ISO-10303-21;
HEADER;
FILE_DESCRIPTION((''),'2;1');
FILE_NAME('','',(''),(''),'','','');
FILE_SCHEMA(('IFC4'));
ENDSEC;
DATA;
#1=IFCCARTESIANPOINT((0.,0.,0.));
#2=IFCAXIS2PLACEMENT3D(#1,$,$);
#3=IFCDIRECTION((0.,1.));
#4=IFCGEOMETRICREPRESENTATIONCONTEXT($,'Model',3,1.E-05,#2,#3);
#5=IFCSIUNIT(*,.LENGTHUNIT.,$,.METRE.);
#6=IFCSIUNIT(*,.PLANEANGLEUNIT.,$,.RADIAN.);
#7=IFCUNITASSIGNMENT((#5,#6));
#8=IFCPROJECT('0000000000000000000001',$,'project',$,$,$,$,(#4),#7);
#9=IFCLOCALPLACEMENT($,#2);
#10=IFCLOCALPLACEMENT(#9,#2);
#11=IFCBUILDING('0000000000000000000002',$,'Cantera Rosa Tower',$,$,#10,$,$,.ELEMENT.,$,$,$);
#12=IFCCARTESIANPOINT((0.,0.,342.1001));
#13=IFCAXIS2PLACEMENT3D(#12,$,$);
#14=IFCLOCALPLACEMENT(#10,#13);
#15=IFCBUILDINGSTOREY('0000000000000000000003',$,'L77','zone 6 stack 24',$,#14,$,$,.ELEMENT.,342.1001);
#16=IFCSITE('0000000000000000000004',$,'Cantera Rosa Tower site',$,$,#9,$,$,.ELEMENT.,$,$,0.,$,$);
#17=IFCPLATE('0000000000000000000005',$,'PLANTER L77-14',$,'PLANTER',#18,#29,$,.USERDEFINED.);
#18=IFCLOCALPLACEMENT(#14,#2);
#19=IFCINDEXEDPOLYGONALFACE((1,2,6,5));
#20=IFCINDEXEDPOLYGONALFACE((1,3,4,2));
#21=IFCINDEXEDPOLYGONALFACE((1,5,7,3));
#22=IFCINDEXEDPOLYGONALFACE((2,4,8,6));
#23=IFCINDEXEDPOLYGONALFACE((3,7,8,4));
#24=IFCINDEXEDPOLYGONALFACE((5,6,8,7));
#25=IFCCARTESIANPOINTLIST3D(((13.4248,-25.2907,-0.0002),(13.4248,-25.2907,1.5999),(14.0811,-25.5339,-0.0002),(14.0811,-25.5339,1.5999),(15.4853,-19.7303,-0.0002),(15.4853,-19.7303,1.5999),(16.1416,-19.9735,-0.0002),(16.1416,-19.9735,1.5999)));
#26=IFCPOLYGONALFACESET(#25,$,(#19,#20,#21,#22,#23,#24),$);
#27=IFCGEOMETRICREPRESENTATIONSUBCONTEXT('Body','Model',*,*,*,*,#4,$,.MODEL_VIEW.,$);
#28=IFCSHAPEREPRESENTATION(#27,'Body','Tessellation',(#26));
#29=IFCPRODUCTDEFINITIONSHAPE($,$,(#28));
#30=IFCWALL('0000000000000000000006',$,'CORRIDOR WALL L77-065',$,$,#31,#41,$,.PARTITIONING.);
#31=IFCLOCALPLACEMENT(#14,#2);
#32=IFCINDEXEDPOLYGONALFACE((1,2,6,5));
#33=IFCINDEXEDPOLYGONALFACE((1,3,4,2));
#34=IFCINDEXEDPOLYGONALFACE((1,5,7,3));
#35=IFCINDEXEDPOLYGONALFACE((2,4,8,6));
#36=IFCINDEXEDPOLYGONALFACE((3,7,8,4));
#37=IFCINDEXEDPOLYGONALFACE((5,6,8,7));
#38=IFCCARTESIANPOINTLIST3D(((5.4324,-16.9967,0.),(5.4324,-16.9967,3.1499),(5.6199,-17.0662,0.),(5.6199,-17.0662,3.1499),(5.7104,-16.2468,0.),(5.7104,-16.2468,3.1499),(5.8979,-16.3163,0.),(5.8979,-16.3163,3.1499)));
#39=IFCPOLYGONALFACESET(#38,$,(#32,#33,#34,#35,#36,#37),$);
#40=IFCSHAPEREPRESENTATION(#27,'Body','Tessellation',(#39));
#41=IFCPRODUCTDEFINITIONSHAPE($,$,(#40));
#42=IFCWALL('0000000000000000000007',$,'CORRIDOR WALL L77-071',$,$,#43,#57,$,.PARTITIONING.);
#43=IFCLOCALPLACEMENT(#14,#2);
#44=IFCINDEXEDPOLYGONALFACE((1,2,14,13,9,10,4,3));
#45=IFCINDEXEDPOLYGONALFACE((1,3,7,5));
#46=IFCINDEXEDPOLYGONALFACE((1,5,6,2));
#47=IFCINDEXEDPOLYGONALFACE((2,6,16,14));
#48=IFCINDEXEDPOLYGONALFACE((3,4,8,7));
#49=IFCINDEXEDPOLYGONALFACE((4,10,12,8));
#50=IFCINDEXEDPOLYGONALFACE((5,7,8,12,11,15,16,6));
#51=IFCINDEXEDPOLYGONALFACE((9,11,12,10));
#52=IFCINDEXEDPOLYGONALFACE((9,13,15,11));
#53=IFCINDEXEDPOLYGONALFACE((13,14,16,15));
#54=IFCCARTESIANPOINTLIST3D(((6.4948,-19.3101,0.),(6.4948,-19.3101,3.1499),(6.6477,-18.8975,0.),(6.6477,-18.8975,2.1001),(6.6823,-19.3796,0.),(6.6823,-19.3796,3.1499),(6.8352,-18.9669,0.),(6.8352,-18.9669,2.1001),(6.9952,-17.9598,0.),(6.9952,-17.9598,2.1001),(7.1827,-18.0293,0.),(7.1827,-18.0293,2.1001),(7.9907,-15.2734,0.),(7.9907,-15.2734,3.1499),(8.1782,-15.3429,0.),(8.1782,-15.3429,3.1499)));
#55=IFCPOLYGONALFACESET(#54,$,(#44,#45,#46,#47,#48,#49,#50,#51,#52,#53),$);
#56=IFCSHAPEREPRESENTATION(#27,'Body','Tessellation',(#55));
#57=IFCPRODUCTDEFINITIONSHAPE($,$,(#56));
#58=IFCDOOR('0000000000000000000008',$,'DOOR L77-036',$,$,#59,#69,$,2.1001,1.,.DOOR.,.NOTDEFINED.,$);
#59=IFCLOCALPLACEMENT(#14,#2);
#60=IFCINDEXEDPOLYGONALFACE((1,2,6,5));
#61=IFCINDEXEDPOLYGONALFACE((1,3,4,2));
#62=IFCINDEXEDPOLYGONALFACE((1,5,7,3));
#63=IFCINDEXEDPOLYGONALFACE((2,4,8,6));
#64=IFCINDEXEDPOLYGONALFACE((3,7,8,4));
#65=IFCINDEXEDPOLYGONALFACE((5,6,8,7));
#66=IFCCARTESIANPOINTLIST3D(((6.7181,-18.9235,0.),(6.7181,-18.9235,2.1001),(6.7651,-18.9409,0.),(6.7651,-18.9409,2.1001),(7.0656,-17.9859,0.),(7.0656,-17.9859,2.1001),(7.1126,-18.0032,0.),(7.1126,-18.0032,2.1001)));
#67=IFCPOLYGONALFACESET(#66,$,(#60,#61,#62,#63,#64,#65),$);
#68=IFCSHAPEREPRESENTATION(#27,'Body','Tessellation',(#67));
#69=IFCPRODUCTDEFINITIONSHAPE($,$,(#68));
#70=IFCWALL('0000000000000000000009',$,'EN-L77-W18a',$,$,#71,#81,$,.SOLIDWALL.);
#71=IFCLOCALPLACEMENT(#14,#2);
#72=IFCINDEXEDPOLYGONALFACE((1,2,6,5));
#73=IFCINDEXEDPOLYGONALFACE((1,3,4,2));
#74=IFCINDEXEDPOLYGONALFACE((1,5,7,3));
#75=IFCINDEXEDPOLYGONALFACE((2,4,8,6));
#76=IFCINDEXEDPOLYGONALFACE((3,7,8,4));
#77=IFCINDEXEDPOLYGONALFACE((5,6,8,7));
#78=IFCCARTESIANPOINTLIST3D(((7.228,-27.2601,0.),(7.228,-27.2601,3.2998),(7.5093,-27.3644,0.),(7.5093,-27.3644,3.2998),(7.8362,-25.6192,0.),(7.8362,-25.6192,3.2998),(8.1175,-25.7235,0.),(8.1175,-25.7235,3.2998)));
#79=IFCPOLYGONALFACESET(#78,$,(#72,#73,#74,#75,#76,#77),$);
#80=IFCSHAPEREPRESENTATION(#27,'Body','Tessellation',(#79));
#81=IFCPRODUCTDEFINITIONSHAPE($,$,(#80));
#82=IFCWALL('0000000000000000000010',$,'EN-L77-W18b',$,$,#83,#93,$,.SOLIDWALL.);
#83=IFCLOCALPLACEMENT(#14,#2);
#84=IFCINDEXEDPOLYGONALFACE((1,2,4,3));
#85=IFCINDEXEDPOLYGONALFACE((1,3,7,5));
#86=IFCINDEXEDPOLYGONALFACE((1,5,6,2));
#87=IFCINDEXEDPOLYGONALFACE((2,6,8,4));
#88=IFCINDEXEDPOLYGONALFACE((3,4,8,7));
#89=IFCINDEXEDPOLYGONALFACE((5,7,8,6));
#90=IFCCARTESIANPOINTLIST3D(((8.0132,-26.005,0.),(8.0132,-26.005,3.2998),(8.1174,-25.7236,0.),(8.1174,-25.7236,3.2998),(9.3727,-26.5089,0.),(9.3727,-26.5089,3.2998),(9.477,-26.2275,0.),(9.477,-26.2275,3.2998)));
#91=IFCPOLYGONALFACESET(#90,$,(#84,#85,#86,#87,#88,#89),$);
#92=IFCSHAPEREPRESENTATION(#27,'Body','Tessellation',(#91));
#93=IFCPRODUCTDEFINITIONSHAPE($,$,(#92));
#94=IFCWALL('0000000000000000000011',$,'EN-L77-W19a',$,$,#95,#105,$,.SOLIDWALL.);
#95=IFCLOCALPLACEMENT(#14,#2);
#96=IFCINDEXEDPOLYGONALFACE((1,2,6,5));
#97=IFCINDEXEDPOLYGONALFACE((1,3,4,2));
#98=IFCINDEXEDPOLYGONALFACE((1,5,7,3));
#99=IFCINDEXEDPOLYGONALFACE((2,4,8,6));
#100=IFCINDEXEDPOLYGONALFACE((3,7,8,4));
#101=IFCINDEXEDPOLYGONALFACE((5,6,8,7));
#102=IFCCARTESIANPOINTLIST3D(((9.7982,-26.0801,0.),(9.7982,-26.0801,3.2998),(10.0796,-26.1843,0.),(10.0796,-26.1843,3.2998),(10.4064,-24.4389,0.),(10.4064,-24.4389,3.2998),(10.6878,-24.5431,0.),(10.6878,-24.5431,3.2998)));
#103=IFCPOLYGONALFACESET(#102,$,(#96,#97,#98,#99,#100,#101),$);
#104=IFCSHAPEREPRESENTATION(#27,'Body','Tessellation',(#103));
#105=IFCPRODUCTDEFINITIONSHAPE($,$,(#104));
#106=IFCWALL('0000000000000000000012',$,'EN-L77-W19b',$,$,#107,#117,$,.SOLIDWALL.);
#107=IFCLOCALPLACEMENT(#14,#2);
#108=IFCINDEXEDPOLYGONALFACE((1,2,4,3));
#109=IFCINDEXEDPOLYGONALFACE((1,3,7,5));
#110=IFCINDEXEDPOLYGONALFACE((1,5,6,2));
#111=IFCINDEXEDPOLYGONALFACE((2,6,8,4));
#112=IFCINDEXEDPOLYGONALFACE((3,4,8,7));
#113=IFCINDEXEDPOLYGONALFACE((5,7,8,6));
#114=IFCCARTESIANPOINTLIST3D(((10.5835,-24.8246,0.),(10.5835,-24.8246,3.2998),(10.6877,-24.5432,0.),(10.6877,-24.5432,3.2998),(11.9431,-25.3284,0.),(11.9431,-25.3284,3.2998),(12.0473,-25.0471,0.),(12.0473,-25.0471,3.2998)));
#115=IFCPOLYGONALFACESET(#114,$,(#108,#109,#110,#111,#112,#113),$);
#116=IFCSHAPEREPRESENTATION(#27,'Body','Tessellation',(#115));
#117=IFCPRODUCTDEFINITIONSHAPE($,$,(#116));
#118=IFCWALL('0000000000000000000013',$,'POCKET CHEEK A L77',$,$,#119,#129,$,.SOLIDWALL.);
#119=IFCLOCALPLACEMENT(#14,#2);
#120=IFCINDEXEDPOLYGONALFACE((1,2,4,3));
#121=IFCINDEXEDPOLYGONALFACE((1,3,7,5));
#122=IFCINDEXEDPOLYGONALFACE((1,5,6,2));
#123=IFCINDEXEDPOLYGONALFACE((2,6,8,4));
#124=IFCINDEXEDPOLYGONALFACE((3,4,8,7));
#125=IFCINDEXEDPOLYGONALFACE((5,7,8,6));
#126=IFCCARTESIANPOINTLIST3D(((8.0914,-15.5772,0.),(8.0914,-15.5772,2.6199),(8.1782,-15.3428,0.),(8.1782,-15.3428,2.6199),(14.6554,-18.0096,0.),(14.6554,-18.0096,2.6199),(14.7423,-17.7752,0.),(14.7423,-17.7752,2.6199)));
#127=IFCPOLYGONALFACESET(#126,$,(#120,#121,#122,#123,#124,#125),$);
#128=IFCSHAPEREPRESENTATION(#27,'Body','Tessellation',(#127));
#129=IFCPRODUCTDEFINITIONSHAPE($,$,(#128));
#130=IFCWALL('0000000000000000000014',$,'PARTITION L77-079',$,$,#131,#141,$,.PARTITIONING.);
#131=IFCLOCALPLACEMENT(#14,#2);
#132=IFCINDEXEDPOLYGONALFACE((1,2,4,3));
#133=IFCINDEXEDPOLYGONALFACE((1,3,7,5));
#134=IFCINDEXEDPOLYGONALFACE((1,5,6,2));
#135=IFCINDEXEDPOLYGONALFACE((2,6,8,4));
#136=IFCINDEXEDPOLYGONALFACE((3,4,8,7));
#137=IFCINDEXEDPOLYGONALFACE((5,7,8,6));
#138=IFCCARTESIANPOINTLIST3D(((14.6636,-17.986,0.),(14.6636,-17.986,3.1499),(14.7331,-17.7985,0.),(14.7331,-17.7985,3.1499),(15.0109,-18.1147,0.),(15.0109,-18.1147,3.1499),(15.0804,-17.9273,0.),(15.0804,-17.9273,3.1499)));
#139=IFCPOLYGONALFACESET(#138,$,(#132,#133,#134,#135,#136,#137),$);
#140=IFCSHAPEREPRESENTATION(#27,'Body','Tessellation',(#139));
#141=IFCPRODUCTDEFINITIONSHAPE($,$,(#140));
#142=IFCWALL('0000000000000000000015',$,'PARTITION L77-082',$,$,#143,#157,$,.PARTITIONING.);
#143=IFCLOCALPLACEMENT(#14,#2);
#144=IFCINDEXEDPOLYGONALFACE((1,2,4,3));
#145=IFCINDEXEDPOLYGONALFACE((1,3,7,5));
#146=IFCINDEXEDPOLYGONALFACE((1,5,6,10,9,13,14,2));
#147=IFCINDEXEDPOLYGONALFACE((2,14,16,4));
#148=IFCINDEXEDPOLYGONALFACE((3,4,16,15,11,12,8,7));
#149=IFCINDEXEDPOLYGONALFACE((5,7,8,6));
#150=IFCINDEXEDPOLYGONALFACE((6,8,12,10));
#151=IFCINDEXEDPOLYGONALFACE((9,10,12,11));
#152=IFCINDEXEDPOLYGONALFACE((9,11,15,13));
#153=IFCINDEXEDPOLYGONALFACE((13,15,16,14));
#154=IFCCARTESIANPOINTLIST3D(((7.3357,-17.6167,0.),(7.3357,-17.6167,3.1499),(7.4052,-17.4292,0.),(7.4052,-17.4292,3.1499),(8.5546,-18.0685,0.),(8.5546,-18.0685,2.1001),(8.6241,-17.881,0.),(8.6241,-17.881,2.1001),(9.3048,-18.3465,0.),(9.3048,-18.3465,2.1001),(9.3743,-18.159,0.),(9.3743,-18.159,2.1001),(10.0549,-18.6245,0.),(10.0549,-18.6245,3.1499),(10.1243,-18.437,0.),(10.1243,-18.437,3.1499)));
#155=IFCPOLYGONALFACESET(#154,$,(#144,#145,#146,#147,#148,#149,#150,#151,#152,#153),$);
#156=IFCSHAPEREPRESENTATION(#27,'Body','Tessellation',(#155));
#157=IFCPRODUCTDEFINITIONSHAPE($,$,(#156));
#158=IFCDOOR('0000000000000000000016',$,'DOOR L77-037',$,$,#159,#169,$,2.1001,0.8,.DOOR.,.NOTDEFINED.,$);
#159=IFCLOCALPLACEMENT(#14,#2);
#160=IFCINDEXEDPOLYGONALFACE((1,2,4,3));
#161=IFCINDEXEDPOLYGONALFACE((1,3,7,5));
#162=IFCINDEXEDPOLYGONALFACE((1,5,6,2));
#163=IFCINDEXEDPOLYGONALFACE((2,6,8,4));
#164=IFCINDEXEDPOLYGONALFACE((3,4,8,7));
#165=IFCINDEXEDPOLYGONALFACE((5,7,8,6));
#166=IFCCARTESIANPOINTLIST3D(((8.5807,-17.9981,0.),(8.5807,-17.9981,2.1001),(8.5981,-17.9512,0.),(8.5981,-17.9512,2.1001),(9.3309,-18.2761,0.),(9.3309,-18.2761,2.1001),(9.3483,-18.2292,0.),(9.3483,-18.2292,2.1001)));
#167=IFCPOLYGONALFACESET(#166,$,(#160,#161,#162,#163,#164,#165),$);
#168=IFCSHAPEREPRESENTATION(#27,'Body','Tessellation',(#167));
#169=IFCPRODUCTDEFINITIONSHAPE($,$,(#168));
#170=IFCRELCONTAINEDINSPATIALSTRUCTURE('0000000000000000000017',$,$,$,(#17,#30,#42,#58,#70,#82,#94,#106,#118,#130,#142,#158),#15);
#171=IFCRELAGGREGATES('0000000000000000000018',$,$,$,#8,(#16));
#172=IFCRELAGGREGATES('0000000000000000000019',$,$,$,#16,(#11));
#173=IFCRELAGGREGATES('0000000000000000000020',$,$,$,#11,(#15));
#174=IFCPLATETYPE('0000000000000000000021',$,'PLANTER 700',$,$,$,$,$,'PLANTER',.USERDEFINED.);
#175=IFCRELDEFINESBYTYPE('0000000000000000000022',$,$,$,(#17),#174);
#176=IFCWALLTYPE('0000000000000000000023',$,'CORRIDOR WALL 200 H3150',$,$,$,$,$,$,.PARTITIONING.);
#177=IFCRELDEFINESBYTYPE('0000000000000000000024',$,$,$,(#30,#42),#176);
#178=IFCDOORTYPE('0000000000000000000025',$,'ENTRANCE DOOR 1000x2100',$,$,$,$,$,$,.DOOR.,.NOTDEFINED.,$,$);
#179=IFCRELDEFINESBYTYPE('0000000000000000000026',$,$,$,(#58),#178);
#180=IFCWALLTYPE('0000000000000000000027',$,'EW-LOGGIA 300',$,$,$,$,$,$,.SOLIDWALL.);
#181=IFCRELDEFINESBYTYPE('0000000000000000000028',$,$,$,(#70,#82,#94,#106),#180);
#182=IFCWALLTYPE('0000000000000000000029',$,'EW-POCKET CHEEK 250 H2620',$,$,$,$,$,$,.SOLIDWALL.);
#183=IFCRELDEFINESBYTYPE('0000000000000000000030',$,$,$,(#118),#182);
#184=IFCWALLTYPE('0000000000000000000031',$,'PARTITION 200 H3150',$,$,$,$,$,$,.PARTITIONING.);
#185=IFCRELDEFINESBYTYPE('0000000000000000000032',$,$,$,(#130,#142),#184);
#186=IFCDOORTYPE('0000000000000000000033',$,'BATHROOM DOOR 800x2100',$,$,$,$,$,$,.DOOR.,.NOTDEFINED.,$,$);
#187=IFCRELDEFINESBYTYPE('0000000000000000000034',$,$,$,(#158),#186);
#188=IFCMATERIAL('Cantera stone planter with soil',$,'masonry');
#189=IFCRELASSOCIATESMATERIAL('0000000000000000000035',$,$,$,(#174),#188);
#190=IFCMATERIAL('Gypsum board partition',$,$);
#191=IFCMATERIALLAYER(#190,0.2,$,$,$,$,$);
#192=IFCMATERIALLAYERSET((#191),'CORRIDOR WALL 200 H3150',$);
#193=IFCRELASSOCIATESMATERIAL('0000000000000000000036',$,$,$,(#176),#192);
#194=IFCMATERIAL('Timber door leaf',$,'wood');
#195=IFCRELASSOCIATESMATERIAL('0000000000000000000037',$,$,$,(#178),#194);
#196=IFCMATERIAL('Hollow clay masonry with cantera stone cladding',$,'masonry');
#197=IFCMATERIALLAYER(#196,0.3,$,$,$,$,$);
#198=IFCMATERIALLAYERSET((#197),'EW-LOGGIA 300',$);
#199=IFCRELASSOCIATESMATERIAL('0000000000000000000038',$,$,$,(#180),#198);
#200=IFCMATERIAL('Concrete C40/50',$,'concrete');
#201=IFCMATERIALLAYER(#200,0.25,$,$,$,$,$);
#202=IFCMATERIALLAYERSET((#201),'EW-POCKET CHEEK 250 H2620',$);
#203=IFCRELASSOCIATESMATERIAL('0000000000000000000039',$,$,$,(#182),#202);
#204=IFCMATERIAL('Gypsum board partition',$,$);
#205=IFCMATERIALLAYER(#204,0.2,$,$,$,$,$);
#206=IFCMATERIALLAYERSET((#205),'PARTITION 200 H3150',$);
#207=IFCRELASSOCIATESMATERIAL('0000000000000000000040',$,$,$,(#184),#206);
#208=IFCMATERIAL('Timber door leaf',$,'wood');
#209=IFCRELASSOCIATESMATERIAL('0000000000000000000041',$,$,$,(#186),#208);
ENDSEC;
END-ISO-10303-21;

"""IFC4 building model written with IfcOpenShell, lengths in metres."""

from ifc_helpers import new_model, si_unit, direction, frame, frame_2d, origin, origin_2d, place, context, subcontext, project, spatial, rectangle, extrude, material, layer, layer_set, type_object, element, fill, save


model = new_model("IFC4")

# Units and contexts
model_context = context("Model", 3, precision=1e-05, world=origin(), true_north=direction((0.0, 1.0)))
body_context = subcontext(model_context, "Body", "Model", "MODEL_VIEW")
ifc_project = project(units=[si_unit("LENGTHUNIT", "METRE"), si_unit("PLANEANGLEUNIT", "RADIAN")], contexts=[model_context])

# Site, building, storey
site_placement = place(None, origin())
site = spatial("IfcSite", under=ifc_project, at=site_placement, Name="Cantera Rosa Tower site", CompositionType="ELEMENT", RefElevation=0.0)
building_placement = place(site_placement, origin())
building = spatial("IfcBuilding", under=site, at=building_placement, Name="Cantera Rosa Tower", CompositionType="ELEMENT")
storey_placement = place(building_placement, frame((0.0, 0.0, 342.1001)))
storey = spatial("IfcBuildingStorey", under=building, at=storey_placement, Name="L77", Description="zone 6 stack 24", CompositionType="ELEMENT", Elevation=342.1001)

# Plate
ifc_material_1 = material(Name="Cantera stone planter with soil", Category="masonry")
plate_type = type_object("IfcPlateType", Name="PLANTER 700", ElementType="PLANTER", PredefinedType="USERDEFINED", material=ifc_material_1)
plate_placement = place(storey_placement, frame((14.7832, -22.6321, -0.0002), z_axis=(0.0, 0.0, 1.0), x_axis=(0.347481, 0.937687, 0.0)))
element("IfcPlate", 1, at=plate_placement, inside=storey, type_object=plate_type, Name="PLANTER L77-14", ObjectType="PLANTER", PredefinedType="USERDEFINED", context=body_context, shape_type="SweptSolid", body=[
    extrude(rectangle(XDim=5.9299, YDim=0.7, at=origin_2d()), origin(), (0.0, 0.0, 1.0), 1.6001),
])

# Wall
ifc_material_2 = material(Name="Gypsum board partition")
ifc_layer_1 = layer(ifc_material_2, 0.2)
ifc_layer_set_1 = layer_set([ifc_layer_1], Name="CORRIDOR WALL 200 H3150")
wall_type_1 = type_object("IfcWallType", Name="CORRIDOR WALL 200 H3150", PredefinedType="PARTITIONING", material=ifc_layer_set_1)
wall_1_placement = place(storey_placement, frame((5.5261, -17.0315, 0.0), z_axis=(0.0, 0.0, 1.0), x_axis=(0.347642, 0.937627, 0.0)))
element("IfcWall", 2, at=wall_1_placement, inside=storey, type_object=wall_type_1, Name="CORRIDOR WALL L77-065", PredefinedType="PARTITIONING", context=body_context, shape_type="SweptSolid", body=[
    extrude(rectangle(XDim=0.7998, YDim=0.2, at=frame_2d((0.3999, 0.0))), origin(), (0.0, 0.0, 1.0), 3.1499),
])

# Wall, opening, door
wall_2_placement = place(storey_placement, frame((6.5886, -19.3447, 0.0), z_axis=(0.0, 0.0, 1.0), x_axis=(0.347479, 0.937688, 0.0)))
wall_2 = element("IfcWall", 3, at=wall_2_placement, inside=storey, type_object=wall_type_1, Name="CORRIDOR WALL L77-071", PredefinedType="PARTITIONING", context=body_context, shape_type="SweptSolid", body=[
    extrude(rectangle(XDim=4.3049, YDim=0.2, at=frame_2d((2.1523, 0.0))), origin(), (0.0, 0.0, 1.0), 3.1499),
])
opening_1_placement = place(wall_2_placement, frame((0.4399, 0.0, 0.0)))
opening_1 = element("IfcOpeningElement", 4, at=opening_1_placement, cuts=wall_2, PredefinedType="OPENING", context=body_context, shape_type="SweptSolid", body=[
    extrude(rectangle(XDim=1.0, YDim=2.1001, at=frame_2d((0.5, 1.05))), frame((0.0, 0.1099, 0.0), z_axis=(0.0, -1.0, 0.0), x_axis=(1.0, 0.0, 0.0)), (0.0, 0.0, 1.0), 0.22),
])
ifc_material_3 = material(Name="Timber door leaf", Category="wood")
door_type_1 = type_object("IfcDoorType", Name="ENTRANCE DOOR 1000x2100", OperationType="NOTDEFINED", PredefinedType="DOOR", material=ifc_material_3)
door_1_placement = place(opening_1_placement, origin())
door_1 = element("IfcDoor", 5, at=door_1_placement, inside=storey, type_object=door_type_1, Name="DOOR L77-036", OperationType="NOTDEFINED", OverallHeight=2.1001, OverallWidth=1.0, PredefinedType="DOOR", context=body_context, shape_type="SweptSolid", body=[
    extrude(rectangle(XDim=1.0, YDim=2.1001, at=frame_2d((0.5, 1.05))), frame((0.0, 0.0249, 0.0), z_axis=(0.0, -1.0, 0.0), x_axis=(1.0, 0.0, 0.0)), (0.0, 0.0, 1.0), 0.05),
])
fill(opening_1, door_1)

# Walls
ifc_material_4 = material(Name="Hollow clay masonry with cantera stone cladding", Category="masonry")
ifc_layer_2 = layer(ifc_material_4, 0.3)
ifc_layer_set_2 = layer_set([ifc_layer_2], Name="EW-LOGGIA 300")
wall_type_2 = type_object("IfcWallType", Name="EW-LOGGIA 300", PredefinedType="SOLIDWALL", material=ifc_layer_set_2)
wall_3_placement = place(storey_placement, frame((7.3687, -27.3123, 0.0), z_axis=(0.0, 0.0, 1.0), x_axis=(0.347528, 0.93767, 0.0)))
element("IfcWall", 6, at=wall_3_placement, inside=storey, type_object=wall_type_2, Name="EN-L77-W18a", PredefinedType="SOLIDWALL", context=body_context, shape_type="SweptSolid", body=[
    extrude(rectangle(XDim=1.75, YDim=0.3, at=frame_2d((0.875, 0.0))), origin(), (0.0, 0.0, 1.0), 3.2998),
])
wall_4_placement = place(storey_placement, frame((8.0652, -25.8643, 0.0), z_axis=(0.0, 0.0, 1.0), x_axis=(0.937672, -0.347523, 0.0)))
element("IfcWall", 7, at=wall_4_placement, inside=storey, type_object=wall_type_2, Name="EN-L77-W18b", PredefinedType="SOLIDWALL", context=body_context, shape_type="SweptSolid", body=[
    extrude(rectangle(XDim=1.45, YDim=0.3, at=frame_2d((0.7251, 0.0))), origin(), (0.0, 0.0, 1.0), 3.2998),
])
wall_5_placement = place(storey_placement, frame((9.939, -26.1321, 0.0), z_axis=(0.0, 0.0, 1.0), x_axis=(0.347482, 0.937686, 0.0)))
element("IfcWall", 8, at=wall_5_placement, inside=storey, type_object=wall_type_2, Name="EN-L77-W19a", PredefinedType="SOLIDWALL", context=body_context, shape_type="SweptSolid", body=[
    extrude(rectangle(XDim=1.7502, YDim=0.3, at=frame_2d((0.875, 0.0))), origin(), (0.0, 0.0, 1.0), 3.2998),
])
wall_6_placement = place(storey_placement, frame((10.6355, -24.6838, 0.0), z_axis=(0.0, 0.0, 1.0), x_axis=(0.937672, -0.347523, 0.0)))
element("IfcWall", 9, at=wall_6_placement, inside=storey, type_object=wall_type_2, Name="EN-L77-W19b", PredefinedType="SOLIDWALL", context=body_context, shape_type="SweptSolid", body=[
    extrude(rectangle(XDim=1.45, YDim=0.3, at=frame_2d((0.7251, 0.0))), origin(), (0.0, 0.0, 1.0), 3.2998),
])

# Walls
ifc_material_5 = material(Name="Concrete C40/50", Category="concrete")
ifc_layer_3 = layer(ifc_material_5, 0.25)
ifc_layer_set_3 = layer_set([ifc_layer_3], Name="EW-POCKET CHEEK 250 H2620")
wall_type_3 = type_object("IfcWallType", Name="EW-POCKET CHEEK 250 H2620", PredefinedType="SOLIDWALL", material=ifc_layer_set_3)
wall_7_placement = place(storey_placement, frame((14.6987, -17.8923, 0.0), z_axis=(0.0, 0.0, 1.0), x_axis=(-0.937689, 0.347475, 0.0)))
element("IfcWall", 10, at=wall_7_placement, inside=storey, type_object=wall_type_3, Name="POCKET CHEEK A L77", PredefinedType="SOLIDWALL", context=body_context, shape_type="SweptSolid", body=[
    extrude(rectangle(XDim=7.0002, YDim=0.25, at=frame_2d((3.5, 0.0))), origin(), (0.0, 0.0, 1.0), 2.6199),
])
ifc_material_6 = material(Name="Gypsum board partition")
ifc_layer_4 = layer(ifc_material_6, 0.2)
ifc_layer_set_4 = layer_set([ifc_layer_4], Name="PARTITION 200 H3150")
wall_type_4 = type_object("IfcWallType", Name="PARTITION 200 H3150", PredefinedType="PARTITIONING", material=ifc_layer_set_4)
wall_8_placement = place(storey_placement, frame((14.6985, -17.8923, 0.0), z_axis=(0.0, 0.0, 1.0), x_axis=(0.937677, -0.347508, 0.0)))
element("IfcWall", 11, at=wall_8_placement, inside=storey, type_object=wall_type_4, Name="PARTITION L77-079", PredefinedType="PARTITIONING", context=body_context, shape_type="SweptSolid", body=[
    extrude(rectangle(XDim=0.3704, YDim=0.2, at=frame_2d((0.1851, 0.0))), origin(), (0.0, 0.0, 1.0), 3.1499),
])

# Wall, opening, door
wall_9_placement = place(storey_placement, frame((10.0896, -18.5308, 0.0), z_axis=(0.0, 0.0, 1.0), x_axis=(-0.937672, 0.347523, 0.0)))
wall_9 = element("IfcWall", 12, at=wall_9_placement, inside=storey, type_object=wall_type_4, Name="PARTITION L77-082", PredefinedType="PARTITIONING", context=body_context, shape_type="SweptSolid", body=[
    extrude(rectangle(XDim=2.8999, YDim=0.2, at=frame_2d((1.45, 0.0))), origin(), (0.0, 0.0, 1.0), 3.1499),
])
opening_2_placement = place(wall_9_placement, frame((0.8, 0.0, 0.0)))
opening_2 = element("IfcOpeningElement", 13, at=opening_2_placement, cuts=wall_9, PredefinedType="OPENING", context=body_context, shape_type="SweptSolid", body=[
    extrude(rectangle(XDim=0.8, YDim=2.1001, at=frame_2d((0.3999, 1.05))), frame((0.0, 0.1099, 0.0), z_axis=(0.0, -1.0, 0.0), x_axis=(1.0, 0.0, 0.0)), (0.0, 0.0, 1.0), 0.22),
])
ifc_material_7 = material(Name="Timber door leaf", Category="wood")
door_type_2 = type_object("IfcDoorType", Name="BATHROOM DOOR 800x2100", OperationType="NOTDEFINED", PredefinedType="DOOR", material=ifc_material_7)
door_2_placement = place(opening_2_placement, origin())
door_2 = element("IfcDoor", 14, at=door_2_placement, inside=storey, type_object=door_type_2, Name="DOOR L77-037", OperationType="NOTDEFINED", OverallHeight=2.1001, OverallWidth=0.8, PredefinedType="DOOR", context=body_context, shape_type="SweptSolid", body=[
    extrude(rectangle(XDim=0.8, YDim=2.1001, at=frame_2d((0.3999, 1.05))), frame((0.0, 0.0249, 0.0), z_axis=(0.0, -1.0, 0.0), x_axis=(1.0, 0.0, 0.0)), (0.0, 0.0, 1.0), 0.05),
])
fill(opening_2, door_2)

save(model, "model.ifc")
